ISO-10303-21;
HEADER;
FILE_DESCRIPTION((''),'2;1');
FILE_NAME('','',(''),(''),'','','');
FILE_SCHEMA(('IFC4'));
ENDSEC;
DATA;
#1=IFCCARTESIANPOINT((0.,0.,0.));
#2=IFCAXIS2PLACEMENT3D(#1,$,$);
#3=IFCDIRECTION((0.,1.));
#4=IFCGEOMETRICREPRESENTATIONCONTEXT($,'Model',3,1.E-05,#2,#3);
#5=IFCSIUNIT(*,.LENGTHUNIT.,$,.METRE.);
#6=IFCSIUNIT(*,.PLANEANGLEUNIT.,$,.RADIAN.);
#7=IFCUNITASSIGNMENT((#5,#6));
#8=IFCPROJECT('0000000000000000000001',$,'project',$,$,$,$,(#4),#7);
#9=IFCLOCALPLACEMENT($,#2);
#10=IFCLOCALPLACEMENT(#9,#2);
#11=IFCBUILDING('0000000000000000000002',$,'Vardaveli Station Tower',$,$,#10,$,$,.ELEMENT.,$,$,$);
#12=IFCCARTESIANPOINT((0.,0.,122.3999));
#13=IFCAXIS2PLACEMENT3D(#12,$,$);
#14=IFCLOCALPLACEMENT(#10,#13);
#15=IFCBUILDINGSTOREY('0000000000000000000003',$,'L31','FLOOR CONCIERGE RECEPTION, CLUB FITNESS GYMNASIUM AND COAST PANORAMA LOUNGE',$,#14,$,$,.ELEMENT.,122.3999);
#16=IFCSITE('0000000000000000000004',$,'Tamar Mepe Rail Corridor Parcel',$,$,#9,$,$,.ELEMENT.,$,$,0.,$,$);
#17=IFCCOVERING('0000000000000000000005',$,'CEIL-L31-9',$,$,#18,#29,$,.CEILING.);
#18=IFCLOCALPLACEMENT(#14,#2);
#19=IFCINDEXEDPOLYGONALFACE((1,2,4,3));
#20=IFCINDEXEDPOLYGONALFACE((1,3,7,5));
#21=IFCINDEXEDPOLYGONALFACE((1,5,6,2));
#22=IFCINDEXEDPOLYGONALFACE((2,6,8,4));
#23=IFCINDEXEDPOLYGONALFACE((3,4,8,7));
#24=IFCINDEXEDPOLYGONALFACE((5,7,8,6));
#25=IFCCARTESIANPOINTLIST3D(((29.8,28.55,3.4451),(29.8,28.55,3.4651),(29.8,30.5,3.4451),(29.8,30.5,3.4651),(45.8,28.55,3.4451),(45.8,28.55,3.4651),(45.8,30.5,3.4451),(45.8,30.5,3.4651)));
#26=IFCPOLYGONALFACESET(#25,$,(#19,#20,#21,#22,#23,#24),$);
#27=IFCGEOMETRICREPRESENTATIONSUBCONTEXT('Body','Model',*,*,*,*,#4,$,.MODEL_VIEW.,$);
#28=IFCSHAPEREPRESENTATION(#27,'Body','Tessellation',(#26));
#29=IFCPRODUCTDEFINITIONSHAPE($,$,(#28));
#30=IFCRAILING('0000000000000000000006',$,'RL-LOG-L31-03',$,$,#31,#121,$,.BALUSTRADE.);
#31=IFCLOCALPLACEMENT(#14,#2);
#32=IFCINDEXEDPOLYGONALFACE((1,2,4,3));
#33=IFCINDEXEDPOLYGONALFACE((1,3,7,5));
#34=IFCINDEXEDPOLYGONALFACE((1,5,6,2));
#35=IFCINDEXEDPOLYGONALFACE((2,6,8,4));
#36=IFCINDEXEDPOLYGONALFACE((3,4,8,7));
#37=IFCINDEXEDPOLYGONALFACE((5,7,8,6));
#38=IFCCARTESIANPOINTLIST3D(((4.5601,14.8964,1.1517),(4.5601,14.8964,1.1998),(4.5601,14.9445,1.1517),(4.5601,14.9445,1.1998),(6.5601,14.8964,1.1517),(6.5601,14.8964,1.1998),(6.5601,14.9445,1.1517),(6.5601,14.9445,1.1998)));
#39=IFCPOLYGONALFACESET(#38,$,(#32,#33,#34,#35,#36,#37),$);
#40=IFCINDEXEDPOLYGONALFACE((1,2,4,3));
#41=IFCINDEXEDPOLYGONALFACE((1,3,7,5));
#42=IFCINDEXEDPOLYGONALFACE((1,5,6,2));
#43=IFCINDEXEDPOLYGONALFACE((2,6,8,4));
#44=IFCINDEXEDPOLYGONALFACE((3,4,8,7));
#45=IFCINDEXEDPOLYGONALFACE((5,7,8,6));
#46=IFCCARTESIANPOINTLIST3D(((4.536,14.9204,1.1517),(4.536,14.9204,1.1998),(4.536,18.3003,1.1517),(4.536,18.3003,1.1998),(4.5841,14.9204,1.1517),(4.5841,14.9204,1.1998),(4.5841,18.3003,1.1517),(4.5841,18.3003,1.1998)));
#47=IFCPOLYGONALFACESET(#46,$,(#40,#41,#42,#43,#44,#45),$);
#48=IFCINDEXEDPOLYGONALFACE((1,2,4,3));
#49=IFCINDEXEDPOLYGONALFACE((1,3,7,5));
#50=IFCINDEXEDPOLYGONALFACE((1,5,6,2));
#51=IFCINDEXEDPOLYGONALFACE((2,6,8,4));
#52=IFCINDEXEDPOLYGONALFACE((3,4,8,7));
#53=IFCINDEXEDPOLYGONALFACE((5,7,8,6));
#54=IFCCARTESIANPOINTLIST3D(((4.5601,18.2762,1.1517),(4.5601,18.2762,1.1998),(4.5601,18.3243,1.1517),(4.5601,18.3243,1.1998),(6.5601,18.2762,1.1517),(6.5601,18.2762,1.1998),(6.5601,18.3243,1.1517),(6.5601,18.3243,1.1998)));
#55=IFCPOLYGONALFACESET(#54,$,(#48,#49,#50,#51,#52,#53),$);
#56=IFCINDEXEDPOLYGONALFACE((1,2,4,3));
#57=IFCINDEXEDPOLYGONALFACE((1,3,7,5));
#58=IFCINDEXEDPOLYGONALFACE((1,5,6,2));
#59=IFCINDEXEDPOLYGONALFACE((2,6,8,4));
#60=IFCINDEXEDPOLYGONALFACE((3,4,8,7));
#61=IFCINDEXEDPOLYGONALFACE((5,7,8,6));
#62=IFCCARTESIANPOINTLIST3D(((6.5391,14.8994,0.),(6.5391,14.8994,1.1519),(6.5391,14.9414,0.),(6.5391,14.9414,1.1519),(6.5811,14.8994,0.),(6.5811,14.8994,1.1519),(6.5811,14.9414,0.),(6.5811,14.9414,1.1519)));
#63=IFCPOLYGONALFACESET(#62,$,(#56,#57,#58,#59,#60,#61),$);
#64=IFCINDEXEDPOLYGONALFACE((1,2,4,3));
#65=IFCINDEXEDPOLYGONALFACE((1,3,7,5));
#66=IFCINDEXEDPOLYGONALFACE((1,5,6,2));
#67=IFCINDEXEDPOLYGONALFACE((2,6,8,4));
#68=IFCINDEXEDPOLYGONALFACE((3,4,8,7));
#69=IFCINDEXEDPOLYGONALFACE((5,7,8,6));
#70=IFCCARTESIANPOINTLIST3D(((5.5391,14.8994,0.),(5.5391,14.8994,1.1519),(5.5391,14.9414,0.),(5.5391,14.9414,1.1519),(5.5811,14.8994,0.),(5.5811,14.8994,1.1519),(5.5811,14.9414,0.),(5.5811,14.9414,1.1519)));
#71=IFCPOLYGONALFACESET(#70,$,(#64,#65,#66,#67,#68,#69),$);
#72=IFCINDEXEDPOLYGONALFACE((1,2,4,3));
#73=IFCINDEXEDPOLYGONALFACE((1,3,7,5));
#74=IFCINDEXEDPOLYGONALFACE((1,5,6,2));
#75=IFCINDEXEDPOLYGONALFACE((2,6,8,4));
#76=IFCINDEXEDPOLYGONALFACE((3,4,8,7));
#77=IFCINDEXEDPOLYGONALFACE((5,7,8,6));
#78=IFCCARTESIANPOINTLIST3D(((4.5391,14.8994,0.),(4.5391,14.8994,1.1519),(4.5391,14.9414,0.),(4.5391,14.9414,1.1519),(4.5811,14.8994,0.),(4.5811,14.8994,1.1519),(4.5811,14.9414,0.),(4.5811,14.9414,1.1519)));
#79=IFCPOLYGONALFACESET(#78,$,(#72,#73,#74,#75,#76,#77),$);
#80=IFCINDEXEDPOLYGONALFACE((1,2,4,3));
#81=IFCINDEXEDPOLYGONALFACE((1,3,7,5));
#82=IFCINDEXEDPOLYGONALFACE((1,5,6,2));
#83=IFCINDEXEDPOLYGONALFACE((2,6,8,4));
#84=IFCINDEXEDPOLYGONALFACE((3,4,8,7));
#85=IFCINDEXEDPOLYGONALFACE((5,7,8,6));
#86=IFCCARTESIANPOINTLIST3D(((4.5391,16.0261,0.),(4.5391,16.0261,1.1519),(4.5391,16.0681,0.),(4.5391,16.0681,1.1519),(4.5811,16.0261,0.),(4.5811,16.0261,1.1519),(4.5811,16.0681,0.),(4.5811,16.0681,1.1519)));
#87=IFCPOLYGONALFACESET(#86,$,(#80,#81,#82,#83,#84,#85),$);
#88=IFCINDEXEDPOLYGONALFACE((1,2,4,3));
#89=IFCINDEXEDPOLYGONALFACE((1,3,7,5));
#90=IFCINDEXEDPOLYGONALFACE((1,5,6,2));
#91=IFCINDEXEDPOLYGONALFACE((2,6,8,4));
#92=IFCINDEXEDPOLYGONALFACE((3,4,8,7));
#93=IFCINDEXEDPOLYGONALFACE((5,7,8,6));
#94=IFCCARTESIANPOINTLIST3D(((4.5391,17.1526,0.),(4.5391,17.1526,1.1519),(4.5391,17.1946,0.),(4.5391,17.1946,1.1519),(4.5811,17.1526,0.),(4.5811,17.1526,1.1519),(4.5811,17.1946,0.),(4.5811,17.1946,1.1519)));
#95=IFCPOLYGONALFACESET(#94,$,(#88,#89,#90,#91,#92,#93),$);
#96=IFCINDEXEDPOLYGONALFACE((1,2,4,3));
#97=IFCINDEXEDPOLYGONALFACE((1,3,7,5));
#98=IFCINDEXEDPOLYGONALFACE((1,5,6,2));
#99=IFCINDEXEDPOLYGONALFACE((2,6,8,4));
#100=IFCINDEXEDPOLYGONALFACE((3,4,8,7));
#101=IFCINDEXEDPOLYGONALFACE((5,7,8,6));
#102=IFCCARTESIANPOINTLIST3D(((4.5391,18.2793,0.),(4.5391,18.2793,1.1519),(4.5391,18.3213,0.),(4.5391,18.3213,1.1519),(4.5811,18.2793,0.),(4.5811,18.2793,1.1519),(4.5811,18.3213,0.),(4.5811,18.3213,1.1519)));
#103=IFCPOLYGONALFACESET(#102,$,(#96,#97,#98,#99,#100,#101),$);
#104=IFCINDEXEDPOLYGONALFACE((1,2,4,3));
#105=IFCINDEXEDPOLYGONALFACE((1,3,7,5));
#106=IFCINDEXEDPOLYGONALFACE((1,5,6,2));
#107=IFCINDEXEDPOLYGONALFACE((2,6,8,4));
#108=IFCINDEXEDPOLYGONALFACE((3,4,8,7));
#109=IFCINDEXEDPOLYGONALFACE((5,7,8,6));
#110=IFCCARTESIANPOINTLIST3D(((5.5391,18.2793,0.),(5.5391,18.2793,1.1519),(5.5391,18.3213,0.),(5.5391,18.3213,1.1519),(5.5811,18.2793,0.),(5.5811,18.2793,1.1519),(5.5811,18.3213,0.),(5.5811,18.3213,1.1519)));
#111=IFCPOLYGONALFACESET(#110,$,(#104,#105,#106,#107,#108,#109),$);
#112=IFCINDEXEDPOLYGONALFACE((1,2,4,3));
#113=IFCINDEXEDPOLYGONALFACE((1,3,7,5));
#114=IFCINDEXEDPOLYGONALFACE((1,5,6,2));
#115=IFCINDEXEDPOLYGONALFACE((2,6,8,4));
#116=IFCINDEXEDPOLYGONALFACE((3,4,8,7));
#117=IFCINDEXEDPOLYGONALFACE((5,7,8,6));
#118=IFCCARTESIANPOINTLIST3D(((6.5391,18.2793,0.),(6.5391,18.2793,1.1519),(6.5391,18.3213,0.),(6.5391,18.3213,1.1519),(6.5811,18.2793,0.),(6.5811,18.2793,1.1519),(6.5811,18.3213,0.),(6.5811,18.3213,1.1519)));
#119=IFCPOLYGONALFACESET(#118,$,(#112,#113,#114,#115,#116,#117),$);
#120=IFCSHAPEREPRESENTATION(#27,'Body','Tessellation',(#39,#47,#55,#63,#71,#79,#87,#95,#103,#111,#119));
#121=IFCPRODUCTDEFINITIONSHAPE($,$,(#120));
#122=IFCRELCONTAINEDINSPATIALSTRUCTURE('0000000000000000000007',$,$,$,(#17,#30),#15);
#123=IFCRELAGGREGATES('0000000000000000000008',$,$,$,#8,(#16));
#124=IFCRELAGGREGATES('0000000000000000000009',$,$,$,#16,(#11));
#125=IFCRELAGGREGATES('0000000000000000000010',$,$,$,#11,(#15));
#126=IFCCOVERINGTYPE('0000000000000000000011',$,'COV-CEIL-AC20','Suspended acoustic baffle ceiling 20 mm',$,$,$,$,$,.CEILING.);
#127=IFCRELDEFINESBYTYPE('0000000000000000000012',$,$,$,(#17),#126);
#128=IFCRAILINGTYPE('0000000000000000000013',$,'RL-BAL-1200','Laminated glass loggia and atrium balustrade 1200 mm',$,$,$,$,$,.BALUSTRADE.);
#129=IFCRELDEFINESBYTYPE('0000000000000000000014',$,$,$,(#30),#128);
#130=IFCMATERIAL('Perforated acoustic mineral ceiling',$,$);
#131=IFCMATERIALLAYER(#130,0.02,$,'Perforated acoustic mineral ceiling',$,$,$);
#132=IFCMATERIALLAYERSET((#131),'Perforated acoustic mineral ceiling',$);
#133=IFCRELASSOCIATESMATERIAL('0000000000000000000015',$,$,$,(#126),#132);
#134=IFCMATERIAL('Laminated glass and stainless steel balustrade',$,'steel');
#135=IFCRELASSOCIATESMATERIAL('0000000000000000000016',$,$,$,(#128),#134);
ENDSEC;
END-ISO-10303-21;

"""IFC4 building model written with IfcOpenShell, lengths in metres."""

from ifc_helpers import new_model, si_unit, direction, frame, origin, origin_2d, place, context, subcontext, project, spatial, polyline, rectangle, outline, extrude, source, transform, mapped, material, layer, layer_set, type_object, element, save


model = new_model("IFC4")

# Units and contexts
model_context = context("Model", 3, precision=1e-05, world=origin(), true_north=direction((0.0, 1.0)))
body_context = subcontext(model_context, "Body", "Model", "MODEL_VIEW")
ifc_project = project(units=[si_unit("LENGTHUNIT", "METRE"), si_unit("PLANEANGLEUNIT", "RADIAN")], contexts=[model_context])

# Site, building, storey
site_placement = place(None, origin())
site = spatial("IfcSite", under=ifc_project, at=site_placement, Name="Tamar Mepe Rail Corridor Parcel", CompositionType="ELEMENT", RefElevation=0.0)
building_placement = place(site_placement, origin())
building = spatial("IfcBuilding", under=site, at=building_placement, Name="Vardaveli Station Tower", CompositionType="ELEMENT")
storey_placement = place(building_placement, frame((0.0, 0.0, 122.3999)))
storey = spatial("IfcBuildingStorey", under=building, at=storey_placement, Name="L31", Description="FLOOR CONCIERGE RECEPTION, CLUB FITNESS GYMNASIUM AND COAST PANORAMA LOUNGE", CompositionType="ELEMENT", Elevation=122.3999)

# Covering
ifc_material_1 = material(Name="Perforated acoustic mineral ceiling")
ifc_layer_1 = layer(ifc_material_1, 0.02, Name="Perforated acoustic mineral ceiling")
ifc_layer_set_1 = layer_set([ifc_layer_1], Name="Perforated acoustic mineral ceiling")
covering_type = type_object("IfcCoveringType", Name="COV-CEIL-AC20", Description="Suspended acoustic baffle ceiling 20 mm", PredefinedType="CEILING", material=ifc_layer_set_1)
covering_1_placement = place(storey_placement, frame((0.0, 0.0, 3.4451)))
element("IfcCovering", 1, at=covering_1_placement, inside=storey, type_object=covering_type, Name="CEIL-L31-9", PredefinedType="CEILING", context=body_context, shape_type="SweptSolid", body=[
    extrude(outline(polyline([(29.8, 28.55), (45.8, 28.55), (45.8, 30.5), (29.8, 30.5), (29.8, 28.55)])), origin(), (0.0, 0.0, 1.0), 0.02),
])

# Railing
ifc_material_2 = material(Name="Laminated glass and stainless steel balustrade", Category="steel")
railing_type = type_object("IfcRailingType", Name="RL-BAL-1200", Description="Laminated glass loggia and atrium balustrade 1200 mm", PredefinedType="BALUSTRADE", material=ifc_material_2)
shared_shape_1 = source(origin(), body_context, "Body", "SweptSolid", [
    extrude(rectangle(XDim=0.0481, YDim=0.0481, at=origin_2d()), frame((0.0, 0.0, 1.1758), z_axis=(-1.0, 0.0, 0.0), x_axis=(0.0, -1.0, 0.0)), (0.0, 0.0, 1.0), 2.0),
    extrude(rectangle(XDim=0.0481, YDim=0.0481, at=origin_2d()), frame((-2.0, 0.0, 1.1758), z_axis=(0.0, 1.0, 0.0), x_axis=(-1.0, 0.0, 0.0)), (0.0, 0.0, 1.0), 3.3799),
    extrude(rectangle(XDim=0.0481, YDim=0.0481, at=origin_2d()), frame((-2.0, 3.3799, 1.1758), z_axis=(1.0, 0.0, 0.0), x_axis=(0.0, 1.0, 0.0)), (0.0, 0.0, 1.0), 2.0),
    extrude(rectangle(XDim=0.042, YDim=0.042, at=origin_2d()), origin(), (0.0, 0.0, 1.0), 1.1519),
    extrude(rectangle(XDim=0.042, YDim=0.042, at=origin_2d()), frame((-1.0, 0.0, 0.0)), (0.0, 0.0, 1.0), 1.1519),
    extrude(rectangle(XDim=0.042, YDim=0.042, at=origin_2d()), frame((-2.0, 0.0, 0.0)), (0.0, 0.0, 1.0), 1.1519),
    extrude(rectangle(XDim=0.042, YDim=0.042, at=origin_2d()), frame((-2.0, 1.1267, 0.0)), (0.0, 0.0, 1.0), 1.1519),
    extrude(rectangle(XDim=0.042, YDim=0.042, at=origin_2d()), frame((-2.0, 2.2532, 0.0)), (0.0, 0.0, 1.0), 1.1519),
    extrude(rectangle(XDim=0.042, YDim=0.042, at=origin_2d()), frame((-2.0, 3.3799, 0.0)), (0.0, 0.0, 1.0), 1.1519),
    extrude(rectangle(XDim=0.042, YDim=0.042, at=origin_2d()), frame((-1.0, 3.3799, 0.0)), (0.0, 0.0, 1.0), 1.1519),
    extrude(rectangle(XDim=0.042, YDim=0.042, at=origin_2d()), frame((0.0, 3.3799, 0.0)), (0.0, 0.0, 1.0), 1.1519),
])
railing_placement = place(storey_placement, frame((6.5601, 14.9204, 0.0)))
element("IfcRailing", 2, at=railing_placement, inside=storey, type_object=railing_type, Name="RL-LOG-L31-03", PredefinedType="BALUSTRADE", context=body_context, shape_type="MappedRepresentation", body=[
    mapped(shared_shape_1, transform((0.0, 0.0, 0.0), scale=1.0)),
])

save(model, "model.ifc")
